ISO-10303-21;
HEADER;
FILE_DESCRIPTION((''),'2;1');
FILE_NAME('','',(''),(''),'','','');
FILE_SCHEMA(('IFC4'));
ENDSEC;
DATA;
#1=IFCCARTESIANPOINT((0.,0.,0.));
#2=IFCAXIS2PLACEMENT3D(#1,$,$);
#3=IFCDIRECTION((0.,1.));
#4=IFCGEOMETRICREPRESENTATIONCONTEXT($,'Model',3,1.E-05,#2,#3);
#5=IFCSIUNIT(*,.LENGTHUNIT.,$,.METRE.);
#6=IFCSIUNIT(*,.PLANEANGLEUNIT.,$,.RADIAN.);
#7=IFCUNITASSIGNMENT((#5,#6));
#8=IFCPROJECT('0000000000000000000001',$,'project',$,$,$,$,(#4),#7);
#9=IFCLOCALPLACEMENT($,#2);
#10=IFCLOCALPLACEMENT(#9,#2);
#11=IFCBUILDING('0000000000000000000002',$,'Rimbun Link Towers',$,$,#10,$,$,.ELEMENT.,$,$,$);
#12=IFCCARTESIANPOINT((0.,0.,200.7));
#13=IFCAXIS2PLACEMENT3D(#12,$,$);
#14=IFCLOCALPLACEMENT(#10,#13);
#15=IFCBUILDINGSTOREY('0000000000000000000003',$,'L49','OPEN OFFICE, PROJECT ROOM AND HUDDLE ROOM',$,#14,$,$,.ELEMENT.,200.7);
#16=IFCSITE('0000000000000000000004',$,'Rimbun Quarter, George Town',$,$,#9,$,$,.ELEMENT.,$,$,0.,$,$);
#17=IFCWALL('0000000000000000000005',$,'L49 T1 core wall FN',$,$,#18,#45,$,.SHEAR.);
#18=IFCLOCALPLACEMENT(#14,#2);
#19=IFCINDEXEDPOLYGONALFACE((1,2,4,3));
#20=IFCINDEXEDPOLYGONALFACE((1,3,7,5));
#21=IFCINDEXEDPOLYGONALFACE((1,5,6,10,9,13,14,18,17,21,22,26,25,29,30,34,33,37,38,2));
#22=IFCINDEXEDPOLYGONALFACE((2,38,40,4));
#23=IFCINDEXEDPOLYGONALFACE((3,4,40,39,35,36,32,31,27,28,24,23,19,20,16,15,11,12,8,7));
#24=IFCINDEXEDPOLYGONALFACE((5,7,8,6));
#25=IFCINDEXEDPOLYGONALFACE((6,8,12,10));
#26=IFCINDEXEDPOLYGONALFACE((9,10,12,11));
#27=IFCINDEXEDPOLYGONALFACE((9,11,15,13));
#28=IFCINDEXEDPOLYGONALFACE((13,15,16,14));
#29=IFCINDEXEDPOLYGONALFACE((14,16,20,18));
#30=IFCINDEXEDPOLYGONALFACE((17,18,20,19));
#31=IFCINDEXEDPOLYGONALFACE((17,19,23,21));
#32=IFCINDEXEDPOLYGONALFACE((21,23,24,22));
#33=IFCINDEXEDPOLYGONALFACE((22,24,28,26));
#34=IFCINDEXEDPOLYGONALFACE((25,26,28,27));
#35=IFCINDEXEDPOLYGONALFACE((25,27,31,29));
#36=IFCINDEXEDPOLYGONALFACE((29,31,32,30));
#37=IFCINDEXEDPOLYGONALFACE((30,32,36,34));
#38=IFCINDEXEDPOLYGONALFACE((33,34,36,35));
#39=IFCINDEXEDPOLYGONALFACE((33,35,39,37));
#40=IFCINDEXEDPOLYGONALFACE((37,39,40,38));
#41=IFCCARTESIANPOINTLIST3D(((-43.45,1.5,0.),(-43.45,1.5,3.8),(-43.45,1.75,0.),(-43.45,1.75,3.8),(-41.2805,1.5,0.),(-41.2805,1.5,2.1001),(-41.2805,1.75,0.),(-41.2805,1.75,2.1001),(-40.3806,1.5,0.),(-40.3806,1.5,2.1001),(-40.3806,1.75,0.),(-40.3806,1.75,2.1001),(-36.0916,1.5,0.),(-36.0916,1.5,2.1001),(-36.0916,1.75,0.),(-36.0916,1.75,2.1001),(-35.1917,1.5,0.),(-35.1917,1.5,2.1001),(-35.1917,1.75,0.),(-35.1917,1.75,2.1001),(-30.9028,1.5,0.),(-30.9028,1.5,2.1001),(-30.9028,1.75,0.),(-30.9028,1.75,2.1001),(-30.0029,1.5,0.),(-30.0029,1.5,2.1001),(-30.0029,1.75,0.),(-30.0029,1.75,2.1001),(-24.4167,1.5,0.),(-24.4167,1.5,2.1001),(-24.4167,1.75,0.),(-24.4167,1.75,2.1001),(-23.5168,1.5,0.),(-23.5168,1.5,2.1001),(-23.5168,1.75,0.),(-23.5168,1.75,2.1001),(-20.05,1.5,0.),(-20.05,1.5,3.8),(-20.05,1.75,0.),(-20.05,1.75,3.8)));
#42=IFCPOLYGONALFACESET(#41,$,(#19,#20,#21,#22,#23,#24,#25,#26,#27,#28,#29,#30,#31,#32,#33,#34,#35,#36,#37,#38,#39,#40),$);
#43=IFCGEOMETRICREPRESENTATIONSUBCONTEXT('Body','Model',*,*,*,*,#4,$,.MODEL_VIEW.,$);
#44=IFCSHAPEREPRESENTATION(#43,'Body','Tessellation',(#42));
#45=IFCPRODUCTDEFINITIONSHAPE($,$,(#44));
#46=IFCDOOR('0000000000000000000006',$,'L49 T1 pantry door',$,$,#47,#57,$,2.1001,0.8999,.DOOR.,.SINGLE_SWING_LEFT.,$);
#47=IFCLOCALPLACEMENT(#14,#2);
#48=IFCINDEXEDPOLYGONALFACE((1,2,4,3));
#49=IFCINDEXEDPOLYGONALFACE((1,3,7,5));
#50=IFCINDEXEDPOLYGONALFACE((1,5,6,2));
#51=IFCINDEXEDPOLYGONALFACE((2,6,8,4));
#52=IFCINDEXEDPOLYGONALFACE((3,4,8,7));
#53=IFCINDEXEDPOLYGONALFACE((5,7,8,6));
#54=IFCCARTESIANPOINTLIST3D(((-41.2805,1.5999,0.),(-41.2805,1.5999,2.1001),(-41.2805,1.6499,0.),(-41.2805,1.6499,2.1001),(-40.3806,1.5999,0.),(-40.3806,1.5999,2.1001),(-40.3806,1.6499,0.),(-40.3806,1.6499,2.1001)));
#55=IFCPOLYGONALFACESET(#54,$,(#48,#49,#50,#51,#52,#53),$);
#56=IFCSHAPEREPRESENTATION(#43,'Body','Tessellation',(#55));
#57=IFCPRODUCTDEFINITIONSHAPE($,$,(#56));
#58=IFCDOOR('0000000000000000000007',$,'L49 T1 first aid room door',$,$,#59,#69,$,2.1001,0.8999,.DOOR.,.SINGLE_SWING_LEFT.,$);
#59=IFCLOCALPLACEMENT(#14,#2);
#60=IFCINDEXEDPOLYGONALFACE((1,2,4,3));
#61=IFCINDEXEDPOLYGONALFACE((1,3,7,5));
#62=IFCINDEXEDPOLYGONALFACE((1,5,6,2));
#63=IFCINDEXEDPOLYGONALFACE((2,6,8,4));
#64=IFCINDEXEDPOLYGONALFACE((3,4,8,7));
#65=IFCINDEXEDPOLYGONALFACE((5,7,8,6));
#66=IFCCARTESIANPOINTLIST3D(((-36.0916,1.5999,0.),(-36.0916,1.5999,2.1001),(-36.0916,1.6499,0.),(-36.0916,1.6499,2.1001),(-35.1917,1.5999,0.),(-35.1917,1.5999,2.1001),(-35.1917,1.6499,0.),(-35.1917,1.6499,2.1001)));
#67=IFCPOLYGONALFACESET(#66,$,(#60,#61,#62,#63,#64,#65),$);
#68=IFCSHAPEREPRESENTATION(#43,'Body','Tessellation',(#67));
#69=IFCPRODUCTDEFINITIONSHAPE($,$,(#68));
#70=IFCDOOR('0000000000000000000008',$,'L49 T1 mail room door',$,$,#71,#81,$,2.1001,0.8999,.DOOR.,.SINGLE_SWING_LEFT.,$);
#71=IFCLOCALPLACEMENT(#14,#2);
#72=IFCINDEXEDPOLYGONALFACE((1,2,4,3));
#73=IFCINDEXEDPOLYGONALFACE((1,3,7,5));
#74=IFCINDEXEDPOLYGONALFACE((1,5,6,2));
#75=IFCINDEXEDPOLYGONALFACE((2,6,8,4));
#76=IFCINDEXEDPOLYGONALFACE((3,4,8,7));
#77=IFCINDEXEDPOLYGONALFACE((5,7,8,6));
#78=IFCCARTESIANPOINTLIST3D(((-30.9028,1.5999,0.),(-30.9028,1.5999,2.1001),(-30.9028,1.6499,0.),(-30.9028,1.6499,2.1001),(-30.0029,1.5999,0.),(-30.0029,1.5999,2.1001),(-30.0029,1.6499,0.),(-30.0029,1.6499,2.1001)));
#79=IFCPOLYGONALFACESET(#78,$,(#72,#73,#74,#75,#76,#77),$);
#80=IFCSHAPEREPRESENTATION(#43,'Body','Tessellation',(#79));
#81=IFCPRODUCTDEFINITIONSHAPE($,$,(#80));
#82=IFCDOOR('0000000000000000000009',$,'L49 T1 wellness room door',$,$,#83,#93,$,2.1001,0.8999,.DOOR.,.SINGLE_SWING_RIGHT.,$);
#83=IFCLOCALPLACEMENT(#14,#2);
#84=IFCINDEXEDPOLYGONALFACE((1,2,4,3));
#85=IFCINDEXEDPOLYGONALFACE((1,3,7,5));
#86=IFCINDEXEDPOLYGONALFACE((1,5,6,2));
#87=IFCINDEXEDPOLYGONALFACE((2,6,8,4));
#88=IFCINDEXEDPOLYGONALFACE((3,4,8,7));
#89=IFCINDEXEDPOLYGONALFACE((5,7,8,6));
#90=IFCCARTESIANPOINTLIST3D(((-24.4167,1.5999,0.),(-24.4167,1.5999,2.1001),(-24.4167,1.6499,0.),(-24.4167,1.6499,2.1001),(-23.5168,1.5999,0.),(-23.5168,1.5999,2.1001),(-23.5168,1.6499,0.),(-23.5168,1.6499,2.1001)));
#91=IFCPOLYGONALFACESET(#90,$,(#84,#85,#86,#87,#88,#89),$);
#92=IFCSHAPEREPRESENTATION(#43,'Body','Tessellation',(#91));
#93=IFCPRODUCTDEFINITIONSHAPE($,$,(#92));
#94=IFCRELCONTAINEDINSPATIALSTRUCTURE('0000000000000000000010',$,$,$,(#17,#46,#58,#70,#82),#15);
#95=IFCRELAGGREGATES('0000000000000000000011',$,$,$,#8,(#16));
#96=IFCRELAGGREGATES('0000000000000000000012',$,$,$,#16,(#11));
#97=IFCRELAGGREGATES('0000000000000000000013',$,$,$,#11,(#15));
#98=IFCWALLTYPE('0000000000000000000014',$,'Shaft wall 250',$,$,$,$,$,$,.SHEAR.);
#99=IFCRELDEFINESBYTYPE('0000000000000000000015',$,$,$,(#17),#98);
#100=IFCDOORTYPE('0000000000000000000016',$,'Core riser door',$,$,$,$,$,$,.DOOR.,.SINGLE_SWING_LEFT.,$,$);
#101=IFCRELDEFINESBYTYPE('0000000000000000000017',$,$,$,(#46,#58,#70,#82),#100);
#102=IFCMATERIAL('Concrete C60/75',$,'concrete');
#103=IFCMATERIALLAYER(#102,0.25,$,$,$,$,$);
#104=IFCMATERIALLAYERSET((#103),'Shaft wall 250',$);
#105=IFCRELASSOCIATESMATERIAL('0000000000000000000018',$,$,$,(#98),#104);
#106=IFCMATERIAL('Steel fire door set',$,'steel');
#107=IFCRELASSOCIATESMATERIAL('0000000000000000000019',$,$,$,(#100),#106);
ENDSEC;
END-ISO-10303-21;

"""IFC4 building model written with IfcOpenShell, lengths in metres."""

from ifc_helpers import new_model, si_unit, direction, frame, frame_2d, origin, place, context, subcontext, project, spatial, rectangle, extrude, material, layer, layer_set, type_object, element, fill, save


model = new_model("IFC4")

# Units and contexts
model_context = context("Model", 3, precision=1e-05, world=origin(), true_north=direction((0.0, 1.0)))
body_context = subcontext(model_context, "Body", "Model", "MODEL_VIEW")
ifc_project = project(units=[si_unit("LENGTHUNIT", "METRE"), si_unit("PLANEANGLEUNIT", "RADIAN")], contexts=[model_context])

# Site, building, storey
site_placement = place(None, origin())
site = spatial("IfcSite", under=ifc_project, at=site_placement, Name="Rimbun Quarter, George Town", CompositionType="ELEMENT", RefElevation=0.0)
building_placement = place(site_placement, origin())
building = spatial("IfcBuilding", under=site, at=building_placement, Name="Rimbun Link Towers", CompositionType="ELEMENT")
storey_placement = place(building_placement, frame((0.0, 0.0, 200.7)))
storey = spatial("IfcBuildingStorey", under=building, at=storey_placement, Name="L49", Description="OPEN OFFICE, PROJECT ROOM AND HUDDLE ROOM", CompositionType="ELEMENT", Elevation=200.7)

# Shared definitions
ifc_material_1 = material(Name="Concrete C60/75", Category="concrete")
ifc_layer_1 = layer(ifc_material_1, 0.25)
ifc_layer_set_1 = layer_set([ifc_layer_1], Name="Shaft wall 250")
wall_type_1 = type_object("IfcWallType", Name="Shaft wall 250", PredefinedType="SHEAR", material=ifc_layer_set_1)

# Wall, openings, doors
wall_1_placement = place(storey_placement, frame((-43.45, 1.625, 0.0), z_axis=(0.0, 0.0, 1.0), x_axis=(1.0, 0.0, 0.0)))
wall_1 = element("IfcWall", 1, at=wall_1_placement, inside=storey, type_object=wall_type_1, Name="L49 T1 core wall FN", PredefinedType="SHEAR", context=body_context, shape_type="SweptSolid", body=[
    extrude(rectangle(XDim=23.3999, YDim=0.25, at=frame_2d((11.7, 0.0))), origin(), (0.0, 0.0, 1.0), 3.8),
])
opening_1_placement = place(wall_1_placement, frame((2.1694, 0.0, 0.0)))
opening_1 = element("IfcOpeningElement", 2, at=opening_1_placement, cuts=wall_1, PredefinedType="OPENING", context=body_context, shape_type="SweptSolid", body=[
    extrude(rectangle(XDim=0.8999, YDim=2.1001, at=frame_2d((0.45, 1.05))), frame((0.0, 0.135, 0.0), z_axis=(0.0, -1.0, 0.0), x_axis=(1.0, 0.0, 0.0)), (0.0, 0.0, 1.0), 0.27),
])
opening_2_placement = place(wall_1_placement, frame((7.3584, 0.0, 0.0)))
opening_2 = element("IfcOpeningElement", 3, at=opening_2_placement, cuts=wall_1, PredefinedType="OPENING", context=body_context, shape_type="SweptSolid", body=[
    extrude(rectangle(XDim=0.8999, YDim=2.1001, at=frame_2d((0.45, 1.05))), frame((0.0, 0.135, 0.0), z_axis=(0.0, -1.0, 0.0), x_axis=(1.0, 0.0, 0.0)), (0.0, 0.0, 1.0), 0.27),
])
opening_3_placement = place(wall_1_placement, frame((12.5471, 0.0, 0.0)))
opening_3 = element("IfcOpeningElement", 4, at=opening_3_placement, cuts=wall_1, PredefinedType="OPENING", context=body_context, shape_type="SweptSolid", body=[
    extrude(rectangle(XDim=0.8999, YDim=2.1001, at=frame_2d((0.45, 1.05))), frame((0.0, 0.135, 0.0), z_axis=(0.0, -1.0, 0.0), x_axis=(1.0, 0.0, 0.0)), (0.0, 0.0, 1.0), 0.27),
])
opening_4_placement = place(wall_1_placement, frame((19.0332, 0.0, 0.0)))
opening_4 = element("IfcOpeningElement", 5, at=opening_4_placement, cuts=wall_1, PredefinedType="OPENING", context=body_context, shape_type="SweptSolid", body=[
    extrude(rectangle(XDim=0.8999, YDim=2.1001, at=frame_2d((0.45, 1.05))), frame((0.0, 0.135, 0.0), z_axis=(0.0, -1.0, 0.0), x_axis=(1.0, 0.0, 0.0)), (0.0, 0.0, 1.0), 0.27),
])
ifc_material_2 = material(Name="Steel fire door set", Category="steel")
door_type_1 = type_object("IfcDoorType", Name="Core riser door", OperationType="SINGLE_SWING_LEFT", PredefinedType="DOOR", material=ifc_material_2)
door_1_placement = place(opening_1_placement, origin())
door_1 = element("IfcDoor", 6, at=door_1_placement, inside=storey, type_object=door_type_1, Name="L49 T1 pantry door", OperationType="SINGLE_SWING_LEFT", OverallHeight=2.1001, OverallWidth=0.8999, PredefinedType="DOOR", context=body_context, shape_type="SweptSolid", body=[
    extrude(rectangle(XDim=0.8999, YDim=2.1001, at=frame_2d((0.45, 1.05))), frame((0.0, 0.0249, 0.0), z_axis=(0.0, -1.0, 0.0), x_axis=(1.0, 0.0, 0.0)), (0.0, 0.0, 1.0), 0.05),
])
fill(opening_1, door_1)
door_2_placement = place(opening_2_placement, origin())
door_2 = element("IfcDoor", 7, at=door_2_placement, inside=storey, type_object=door_type_1, Name="L49 T1 first aid room door", OperationType="SINGLE_SWING_LEFT", OverallHeight=2.1001, OverallWidth=0.8999, PredefinedType="DOOR", context=body_context, shape_type="SweptSolid", body=[
    extrude(rectangle(XDim=0.8999, YDim=2.1001, at=frame_2d((0.45, 1.05))), frame((0.0, 0.0249, 0.0), z_axis=(0.0, -1.0, 0.0), x_axis=(1.0, 0.0, 0.0)), (0.0, 0.0, 1.0), 0.05),
])
fill(opening_2, door_2)
door_3_placement = place(opening_3_placement, origin())
door_3 = element("IfcDoor", 8, at=door_3_placement, inside=storey, type_object=door_type_1, Name="L49 T1 mail room door", OperationType="SINGLE_SWING_LEFT", OverallHeight=2.1001, OverallWidth=0.8999, PredefinedType="DOOR", context=body_context, shape_type="SweptSolid", body=[
    extrude(rectangle(XDim=0.8999, YDim=2.1001, at=frame_2d((0.45, 1.05))), frame((0.0, 0.0249, 0.0), z_axis=(0.0, -1.0, 0.0), x_axis=(1.0, 0.0, 0.0)), (0.0, 0.0, 1.0), 0.05),
])
fill(opening_3, door_3)
door_4_placement = place(opening_4_placement, origin())
door_4 = element("IfcDoor", 9, at=door_4_placement, inside=storey, type_object=door_type_1, Name="L49 T1 wellness room door", OperationType="SINGLE_SWING_RIGHT", OverallHeight=2.1001, OverallWidth=0.8999, PredefinedType="DOOR", context=body_context, shape_type="SweptSolid", body=[
    extrude(rectangle(XDim=0.8999, YDim=2.1001, at=frame_2d((0.45, 1.05))), frame((0.0, 0.0249, 0.0), z_axis=(0.0, -1.0, 0.0), x_axis=(1.0, 0.0, 0.0)), (0.0, 0.0, 1.0), 0.05),
])
fill(opening_4, door_4)

save(model, "model.ifc")
